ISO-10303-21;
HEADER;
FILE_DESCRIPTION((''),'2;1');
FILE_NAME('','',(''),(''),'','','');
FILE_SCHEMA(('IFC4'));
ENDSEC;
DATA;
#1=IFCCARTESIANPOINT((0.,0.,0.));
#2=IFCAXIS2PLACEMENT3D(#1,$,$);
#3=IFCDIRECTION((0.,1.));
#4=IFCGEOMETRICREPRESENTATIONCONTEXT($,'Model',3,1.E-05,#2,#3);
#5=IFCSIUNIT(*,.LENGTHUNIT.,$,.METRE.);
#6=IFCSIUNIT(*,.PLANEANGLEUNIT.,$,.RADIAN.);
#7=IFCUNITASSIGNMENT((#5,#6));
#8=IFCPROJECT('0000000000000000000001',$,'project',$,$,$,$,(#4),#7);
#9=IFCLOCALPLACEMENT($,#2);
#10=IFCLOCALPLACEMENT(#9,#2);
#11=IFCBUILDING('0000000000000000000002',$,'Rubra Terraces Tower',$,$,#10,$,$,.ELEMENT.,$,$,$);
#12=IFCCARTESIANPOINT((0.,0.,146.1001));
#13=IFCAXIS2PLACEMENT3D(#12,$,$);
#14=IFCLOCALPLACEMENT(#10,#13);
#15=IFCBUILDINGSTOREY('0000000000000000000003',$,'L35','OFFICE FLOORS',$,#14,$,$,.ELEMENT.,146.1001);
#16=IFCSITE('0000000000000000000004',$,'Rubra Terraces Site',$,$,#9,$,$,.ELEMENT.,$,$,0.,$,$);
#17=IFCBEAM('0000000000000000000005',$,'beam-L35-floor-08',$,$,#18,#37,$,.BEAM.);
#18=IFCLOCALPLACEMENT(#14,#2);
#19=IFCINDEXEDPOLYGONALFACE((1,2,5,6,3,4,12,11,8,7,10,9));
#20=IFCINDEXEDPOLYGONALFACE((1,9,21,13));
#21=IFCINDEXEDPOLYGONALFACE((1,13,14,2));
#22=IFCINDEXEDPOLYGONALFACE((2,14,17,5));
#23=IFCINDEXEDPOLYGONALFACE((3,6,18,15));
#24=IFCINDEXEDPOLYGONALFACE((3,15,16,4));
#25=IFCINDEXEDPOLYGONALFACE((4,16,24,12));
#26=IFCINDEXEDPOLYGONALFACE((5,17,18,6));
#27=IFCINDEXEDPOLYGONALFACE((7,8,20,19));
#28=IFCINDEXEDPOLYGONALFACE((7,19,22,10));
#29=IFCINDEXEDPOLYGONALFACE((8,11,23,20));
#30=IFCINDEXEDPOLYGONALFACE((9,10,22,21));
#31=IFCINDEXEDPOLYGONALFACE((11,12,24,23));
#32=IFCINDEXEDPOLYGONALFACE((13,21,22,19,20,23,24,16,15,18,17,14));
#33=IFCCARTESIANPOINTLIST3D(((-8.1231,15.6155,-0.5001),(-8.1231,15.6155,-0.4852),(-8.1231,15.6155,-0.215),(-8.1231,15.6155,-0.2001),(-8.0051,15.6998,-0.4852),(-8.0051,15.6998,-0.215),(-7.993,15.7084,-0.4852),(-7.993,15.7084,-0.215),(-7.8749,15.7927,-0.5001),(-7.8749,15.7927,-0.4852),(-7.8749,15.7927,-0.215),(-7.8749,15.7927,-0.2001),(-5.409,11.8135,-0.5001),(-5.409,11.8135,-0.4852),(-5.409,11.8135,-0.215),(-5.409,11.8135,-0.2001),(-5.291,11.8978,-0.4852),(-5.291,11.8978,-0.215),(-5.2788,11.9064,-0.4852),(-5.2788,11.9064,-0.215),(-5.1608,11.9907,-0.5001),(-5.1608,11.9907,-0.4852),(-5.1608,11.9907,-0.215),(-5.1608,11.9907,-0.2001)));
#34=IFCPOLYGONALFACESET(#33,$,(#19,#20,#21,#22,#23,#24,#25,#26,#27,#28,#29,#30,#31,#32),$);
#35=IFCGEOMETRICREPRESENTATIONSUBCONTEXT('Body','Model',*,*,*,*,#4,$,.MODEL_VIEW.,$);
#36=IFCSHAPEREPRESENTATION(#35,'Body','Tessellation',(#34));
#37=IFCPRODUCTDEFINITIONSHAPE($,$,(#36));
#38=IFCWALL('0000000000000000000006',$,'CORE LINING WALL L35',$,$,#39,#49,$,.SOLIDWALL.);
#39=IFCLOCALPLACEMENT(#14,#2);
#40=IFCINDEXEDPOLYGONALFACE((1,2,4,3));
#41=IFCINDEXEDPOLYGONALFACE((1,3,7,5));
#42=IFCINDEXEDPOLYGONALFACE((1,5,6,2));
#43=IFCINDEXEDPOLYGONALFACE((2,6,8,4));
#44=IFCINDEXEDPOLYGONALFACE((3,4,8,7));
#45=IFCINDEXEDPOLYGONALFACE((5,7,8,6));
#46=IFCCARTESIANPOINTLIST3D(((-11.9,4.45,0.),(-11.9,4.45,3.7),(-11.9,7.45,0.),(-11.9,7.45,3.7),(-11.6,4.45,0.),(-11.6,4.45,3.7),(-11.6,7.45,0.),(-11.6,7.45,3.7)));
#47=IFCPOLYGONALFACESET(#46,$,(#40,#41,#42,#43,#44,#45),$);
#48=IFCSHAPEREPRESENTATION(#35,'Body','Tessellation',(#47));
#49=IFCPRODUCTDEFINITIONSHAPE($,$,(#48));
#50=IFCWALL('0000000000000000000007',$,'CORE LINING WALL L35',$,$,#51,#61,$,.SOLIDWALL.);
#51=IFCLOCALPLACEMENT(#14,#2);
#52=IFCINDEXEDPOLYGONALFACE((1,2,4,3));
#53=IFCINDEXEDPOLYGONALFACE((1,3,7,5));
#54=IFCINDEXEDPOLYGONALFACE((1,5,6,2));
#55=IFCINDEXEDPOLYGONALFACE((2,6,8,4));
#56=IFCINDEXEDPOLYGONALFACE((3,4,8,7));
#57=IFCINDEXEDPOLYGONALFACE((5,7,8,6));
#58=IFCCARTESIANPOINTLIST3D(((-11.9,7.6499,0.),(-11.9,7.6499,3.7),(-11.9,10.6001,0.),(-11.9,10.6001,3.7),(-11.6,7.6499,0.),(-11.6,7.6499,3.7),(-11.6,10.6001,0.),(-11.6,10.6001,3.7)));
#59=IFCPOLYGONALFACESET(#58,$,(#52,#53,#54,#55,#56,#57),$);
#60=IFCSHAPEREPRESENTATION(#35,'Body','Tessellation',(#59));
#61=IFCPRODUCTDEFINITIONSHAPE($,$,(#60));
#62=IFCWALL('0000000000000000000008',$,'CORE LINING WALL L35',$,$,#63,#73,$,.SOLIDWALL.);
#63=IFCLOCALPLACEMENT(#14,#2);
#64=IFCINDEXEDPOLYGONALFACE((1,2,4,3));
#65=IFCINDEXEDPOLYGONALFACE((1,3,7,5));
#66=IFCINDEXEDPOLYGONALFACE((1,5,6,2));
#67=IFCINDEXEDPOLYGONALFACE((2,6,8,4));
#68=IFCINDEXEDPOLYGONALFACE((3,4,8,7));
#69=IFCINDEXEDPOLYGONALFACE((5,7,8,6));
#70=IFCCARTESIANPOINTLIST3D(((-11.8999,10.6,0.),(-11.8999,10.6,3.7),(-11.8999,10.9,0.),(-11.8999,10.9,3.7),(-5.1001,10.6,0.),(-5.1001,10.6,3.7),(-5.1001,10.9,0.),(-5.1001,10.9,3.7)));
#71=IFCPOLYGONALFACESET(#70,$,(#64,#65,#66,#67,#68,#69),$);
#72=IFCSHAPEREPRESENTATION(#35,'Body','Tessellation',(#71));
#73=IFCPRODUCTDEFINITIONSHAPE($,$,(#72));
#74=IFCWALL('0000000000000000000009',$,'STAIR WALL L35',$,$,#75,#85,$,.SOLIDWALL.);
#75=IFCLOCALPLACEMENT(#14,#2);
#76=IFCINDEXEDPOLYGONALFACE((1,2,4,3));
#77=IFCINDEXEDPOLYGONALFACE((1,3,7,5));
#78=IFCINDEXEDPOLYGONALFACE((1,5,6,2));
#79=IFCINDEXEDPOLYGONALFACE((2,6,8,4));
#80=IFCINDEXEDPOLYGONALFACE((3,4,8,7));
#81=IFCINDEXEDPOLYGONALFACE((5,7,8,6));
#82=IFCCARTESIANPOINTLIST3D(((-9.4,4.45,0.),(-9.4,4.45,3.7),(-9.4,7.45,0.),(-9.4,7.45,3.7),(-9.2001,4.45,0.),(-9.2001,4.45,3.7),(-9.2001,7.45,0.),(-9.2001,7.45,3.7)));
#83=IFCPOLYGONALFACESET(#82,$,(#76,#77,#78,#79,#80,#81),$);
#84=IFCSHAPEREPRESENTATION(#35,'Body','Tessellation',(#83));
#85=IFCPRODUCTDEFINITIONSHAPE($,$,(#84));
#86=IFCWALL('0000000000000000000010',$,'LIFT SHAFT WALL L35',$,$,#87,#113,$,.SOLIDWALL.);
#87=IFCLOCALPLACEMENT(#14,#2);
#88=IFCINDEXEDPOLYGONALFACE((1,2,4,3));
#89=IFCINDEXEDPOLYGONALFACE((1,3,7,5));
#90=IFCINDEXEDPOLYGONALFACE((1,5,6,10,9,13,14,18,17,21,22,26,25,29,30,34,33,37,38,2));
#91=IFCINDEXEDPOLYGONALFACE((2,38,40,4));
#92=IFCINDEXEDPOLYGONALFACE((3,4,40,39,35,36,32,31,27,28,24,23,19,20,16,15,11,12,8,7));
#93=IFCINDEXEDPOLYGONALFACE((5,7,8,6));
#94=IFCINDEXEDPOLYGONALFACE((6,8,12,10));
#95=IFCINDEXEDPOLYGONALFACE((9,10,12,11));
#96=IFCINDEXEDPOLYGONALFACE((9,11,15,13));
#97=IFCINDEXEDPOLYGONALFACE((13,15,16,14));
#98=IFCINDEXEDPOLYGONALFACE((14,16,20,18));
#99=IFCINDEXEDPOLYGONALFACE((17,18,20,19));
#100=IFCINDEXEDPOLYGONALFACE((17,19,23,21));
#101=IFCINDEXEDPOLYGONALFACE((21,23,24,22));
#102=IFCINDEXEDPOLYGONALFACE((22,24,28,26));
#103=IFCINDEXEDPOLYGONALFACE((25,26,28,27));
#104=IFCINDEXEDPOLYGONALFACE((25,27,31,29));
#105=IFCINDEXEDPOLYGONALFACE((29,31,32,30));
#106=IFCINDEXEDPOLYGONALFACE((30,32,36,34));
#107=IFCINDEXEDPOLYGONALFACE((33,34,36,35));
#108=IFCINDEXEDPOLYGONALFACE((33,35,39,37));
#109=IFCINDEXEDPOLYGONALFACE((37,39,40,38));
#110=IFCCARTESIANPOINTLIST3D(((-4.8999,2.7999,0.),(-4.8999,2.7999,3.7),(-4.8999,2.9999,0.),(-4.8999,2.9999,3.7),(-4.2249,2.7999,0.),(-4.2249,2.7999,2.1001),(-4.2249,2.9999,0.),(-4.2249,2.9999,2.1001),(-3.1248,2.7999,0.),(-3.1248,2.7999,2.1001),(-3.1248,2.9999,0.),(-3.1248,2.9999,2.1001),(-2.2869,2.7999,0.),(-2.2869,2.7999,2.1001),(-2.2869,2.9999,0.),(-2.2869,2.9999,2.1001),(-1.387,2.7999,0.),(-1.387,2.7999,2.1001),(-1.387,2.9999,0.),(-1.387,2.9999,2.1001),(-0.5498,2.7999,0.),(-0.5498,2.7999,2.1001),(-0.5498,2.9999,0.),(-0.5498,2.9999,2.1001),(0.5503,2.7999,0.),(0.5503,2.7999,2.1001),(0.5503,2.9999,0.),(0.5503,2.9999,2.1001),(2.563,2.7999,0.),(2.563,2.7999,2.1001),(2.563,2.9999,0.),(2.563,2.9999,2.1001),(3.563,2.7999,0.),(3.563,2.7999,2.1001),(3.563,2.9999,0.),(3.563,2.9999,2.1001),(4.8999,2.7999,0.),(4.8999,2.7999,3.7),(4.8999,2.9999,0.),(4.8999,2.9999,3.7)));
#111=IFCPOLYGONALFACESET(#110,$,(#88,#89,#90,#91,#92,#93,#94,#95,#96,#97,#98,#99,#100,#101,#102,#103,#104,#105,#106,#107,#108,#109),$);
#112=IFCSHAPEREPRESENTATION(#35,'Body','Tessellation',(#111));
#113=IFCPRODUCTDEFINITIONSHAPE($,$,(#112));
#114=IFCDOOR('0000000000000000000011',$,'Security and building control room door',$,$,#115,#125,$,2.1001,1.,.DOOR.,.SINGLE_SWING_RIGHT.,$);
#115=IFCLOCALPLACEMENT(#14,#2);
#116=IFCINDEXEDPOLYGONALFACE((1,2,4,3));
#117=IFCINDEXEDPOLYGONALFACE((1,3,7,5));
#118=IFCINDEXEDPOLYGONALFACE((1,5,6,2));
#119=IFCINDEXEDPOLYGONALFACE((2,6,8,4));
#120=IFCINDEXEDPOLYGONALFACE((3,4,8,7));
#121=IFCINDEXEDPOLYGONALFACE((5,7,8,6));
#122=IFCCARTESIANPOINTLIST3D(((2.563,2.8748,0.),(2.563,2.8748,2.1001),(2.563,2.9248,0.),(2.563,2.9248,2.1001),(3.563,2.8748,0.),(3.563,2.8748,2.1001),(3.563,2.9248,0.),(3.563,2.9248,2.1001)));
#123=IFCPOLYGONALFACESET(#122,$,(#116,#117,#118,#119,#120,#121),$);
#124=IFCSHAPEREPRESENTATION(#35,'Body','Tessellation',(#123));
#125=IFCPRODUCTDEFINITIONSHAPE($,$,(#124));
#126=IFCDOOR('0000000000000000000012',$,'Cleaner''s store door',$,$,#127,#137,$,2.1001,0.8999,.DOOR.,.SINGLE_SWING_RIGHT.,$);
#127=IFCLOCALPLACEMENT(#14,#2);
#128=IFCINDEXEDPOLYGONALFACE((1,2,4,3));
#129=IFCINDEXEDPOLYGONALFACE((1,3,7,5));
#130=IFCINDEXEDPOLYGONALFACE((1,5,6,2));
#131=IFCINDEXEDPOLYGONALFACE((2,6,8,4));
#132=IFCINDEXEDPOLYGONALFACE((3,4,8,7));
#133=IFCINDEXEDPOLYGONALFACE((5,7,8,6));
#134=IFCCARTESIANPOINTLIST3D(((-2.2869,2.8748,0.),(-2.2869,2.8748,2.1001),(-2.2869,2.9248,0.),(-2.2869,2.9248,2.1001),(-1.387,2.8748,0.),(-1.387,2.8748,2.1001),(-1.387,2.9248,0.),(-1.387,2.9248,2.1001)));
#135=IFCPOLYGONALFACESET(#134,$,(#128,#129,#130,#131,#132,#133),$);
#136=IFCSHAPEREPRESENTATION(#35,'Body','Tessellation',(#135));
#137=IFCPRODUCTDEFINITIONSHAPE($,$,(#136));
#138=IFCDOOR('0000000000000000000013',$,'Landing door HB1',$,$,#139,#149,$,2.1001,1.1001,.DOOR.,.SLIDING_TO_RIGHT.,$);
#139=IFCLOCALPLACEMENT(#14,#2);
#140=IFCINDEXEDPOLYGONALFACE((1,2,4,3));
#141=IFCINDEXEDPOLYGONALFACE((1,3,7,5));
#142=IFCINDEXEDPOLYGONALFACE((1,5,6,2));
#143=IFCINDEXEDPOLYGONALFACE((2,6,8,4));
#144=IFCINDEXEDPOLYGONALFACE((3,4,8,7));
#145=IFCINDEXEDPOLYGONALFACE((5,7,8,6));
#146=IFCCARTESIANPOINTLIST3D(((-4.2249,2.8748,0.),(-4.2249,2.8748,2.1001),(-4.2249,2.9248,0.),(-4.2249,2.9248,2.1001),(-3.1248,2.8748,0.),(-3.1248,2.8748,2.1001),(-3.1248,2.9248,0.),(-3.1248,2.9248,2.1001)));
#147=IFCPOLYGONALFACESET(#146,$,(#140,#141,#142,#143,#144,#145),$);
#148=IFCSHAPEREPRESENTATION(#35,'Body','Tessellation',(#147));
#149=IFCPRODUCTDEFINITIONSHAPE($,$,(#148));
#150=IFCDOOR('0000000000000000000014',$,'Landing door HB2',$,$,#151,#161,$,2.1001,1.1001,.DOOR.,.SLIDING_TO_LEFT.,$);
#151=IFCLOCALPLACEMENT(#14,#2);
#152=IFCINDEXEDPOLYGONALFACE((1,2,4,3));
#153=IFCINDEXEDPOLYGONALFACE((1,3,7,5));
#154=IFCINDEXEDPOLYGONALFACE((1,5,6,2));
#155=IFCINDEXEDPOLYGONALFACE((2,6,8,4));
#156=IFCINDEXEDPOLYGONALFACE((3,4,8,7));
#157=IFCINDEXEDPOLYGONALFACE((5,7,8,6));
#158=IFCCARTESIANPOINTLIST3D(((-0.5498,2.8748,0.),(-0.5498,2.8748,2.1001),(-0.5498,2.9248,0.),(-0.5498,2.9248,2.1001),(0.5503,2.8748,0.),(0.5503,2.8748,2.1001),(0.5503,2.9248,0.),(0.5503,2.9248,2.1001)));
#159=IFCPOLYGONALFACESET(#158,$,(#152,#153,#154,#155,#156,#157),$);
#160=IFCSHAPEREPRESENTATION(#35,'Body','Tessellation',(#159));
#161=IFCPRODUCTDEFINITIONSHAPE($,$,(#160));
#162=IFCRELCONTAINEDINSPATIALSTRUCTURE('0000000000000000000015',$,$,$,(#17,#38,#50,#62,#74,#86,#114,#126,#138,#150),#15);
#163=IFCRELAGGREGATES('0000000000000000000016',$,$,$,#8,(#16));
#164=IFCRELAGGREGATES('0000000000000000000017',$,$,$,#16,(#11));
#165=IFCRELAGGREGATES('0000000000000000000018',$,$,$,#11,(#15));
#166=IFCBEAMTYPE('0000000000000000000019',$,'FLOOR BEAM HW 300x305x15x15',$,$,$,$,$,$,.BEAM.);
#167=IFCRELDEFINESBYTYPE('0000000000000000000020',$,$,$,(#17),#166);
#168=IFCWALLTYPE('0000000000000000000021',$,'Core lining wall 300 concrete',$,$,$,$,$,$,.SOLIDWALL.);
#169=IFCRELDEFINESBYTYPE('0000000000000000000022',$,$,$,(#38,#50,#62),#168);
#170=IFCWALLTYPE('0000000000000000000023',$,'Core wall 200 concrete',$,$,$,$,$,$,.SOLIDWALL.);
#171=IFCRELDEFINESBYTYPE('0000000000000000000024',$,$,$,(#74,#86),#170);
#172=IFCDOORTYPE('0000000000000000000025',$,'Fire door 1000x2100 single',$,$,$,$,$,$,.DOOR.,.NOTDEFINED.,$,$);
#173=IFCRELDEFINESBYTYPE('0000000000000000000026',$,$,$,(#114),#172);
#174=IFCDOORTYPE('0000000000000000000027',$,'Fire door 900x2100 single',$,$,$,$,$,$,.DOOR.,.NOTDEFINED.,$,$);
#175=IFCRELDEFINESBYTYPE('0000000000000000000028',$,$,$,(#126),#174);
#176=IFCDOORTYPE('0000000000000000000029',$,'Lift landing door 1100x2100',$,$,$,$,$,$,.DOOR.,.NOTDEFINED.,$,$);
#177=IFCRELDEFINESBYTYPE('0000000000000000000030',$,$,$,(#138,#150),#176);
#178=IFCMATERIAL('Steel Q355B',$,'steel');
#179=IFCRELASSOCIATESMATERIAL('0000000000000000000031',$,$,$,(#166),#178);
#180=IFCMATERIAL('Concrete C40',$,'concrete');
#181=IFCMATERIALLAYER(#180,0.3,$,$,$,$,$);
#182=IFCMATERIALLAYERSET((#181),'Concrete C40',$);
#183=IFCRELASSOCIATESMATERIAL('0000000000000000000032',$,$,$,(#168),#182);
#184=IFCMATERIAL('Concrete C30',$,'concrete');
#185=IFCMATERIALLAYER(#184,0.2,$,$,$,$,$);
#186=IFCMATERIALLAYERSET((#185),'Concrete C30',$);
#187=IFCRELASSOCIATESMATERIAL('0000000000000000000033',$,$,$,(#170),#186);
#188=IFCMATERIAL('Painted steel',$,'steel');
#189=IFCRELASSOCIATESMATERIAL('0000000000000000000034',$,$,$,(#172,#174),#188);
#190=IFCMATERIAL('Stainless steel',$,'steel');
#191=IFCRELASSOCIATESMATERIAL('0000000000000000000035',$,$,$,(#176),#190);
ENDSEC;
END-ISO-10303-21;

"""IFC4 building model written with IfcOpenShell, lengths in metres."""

from ifc_helpers import new_model, si_unit, direction, frame, frame_2d, origin, origin_2d, place, context, subcontext, project, spatial, rectangle, i_section, extrude, material, layer, layer_set, material_profile, profile_set, type_object, element, fill, save


model = new_model("IFC4")

# Units and contexts
model_context = context("Model", 3, precision=1e-05, world=origin(), true_north=direction((0.0, 1.0)))
body_context = subcontext(model_context, "Body", "Model", "MODEL_VIEW")
ifc_project = project(units=[si_unit("LENGTHUNIT", "METRE"), si_unit("PLANEANGLEUNIT", "RADIAN")], contexts=[model_context])

# Site, building, storey
site_placement = place(None, origin())
site = spatial("IfcSite", under=ifc_project, at=site_placement, Name="Rubra Terraces Site", CompositionType="ELEMENT", RefElevation=0.0)
building_placement = place(site_placement, origin())
building = spatial("IfcBuilding", under=site, at=building_placement, Name="Rubra Terraces Tower", CompositionType="ELEMENT")
storey_placement = place(building_placement, frame((0.0, 0.0, 146.1001)))
storey = spatial("IfcBuildingStorey", under=building, at=storey_placement, Name="L35", Description="OFFICE FLOORS", CompositionType="ELEMENT", Elevation=146.1001)

# Beam
ifc_material_1 = material(Name="Steel Q355B", Category="steel")
ifc_material_profile = material_profile(ifc_material_1, i_section(OverallWidth=0.3049, OverallDepth=0.3, WebThickness=0.0149, FlangeThickness=0.0149, at=origin_2d()), Name="HW 300x305x15x15")
ifc_profile_set = profile_set([ifc_material_profile], Name="Steel Q355B")
beam_type = type_object("IfcBeamType", Name="FLOOR BEAM HW 300x305x15x15", PredefinedType="BEAM", material=ifc_profile_set)
beam_placement = place(storey_placement, frame((-7.999, 15.7041, -0.3501), z_axis=(0.581011, -0.813896, 0.0), x_axis=(0.813896, 0.581011, 0.0)))
element("IfcBeam", 1, at=beam_placement, inside=storey, type_object=beam_type, Name="beam-L35-floor-08", PredefinedType="BEAM", context=body_context, shape_type="SweptSolid", body=[
    extrude(i_section(OverallWidth=0.3049, OverallDepth=0.3, WebThickness=0.0149, FlangeThickness=0.0149, at=origin_2d()), origin(), (0.0, 0.0, 1.0), 4.6714),
])

# Walls
ifc_material_2 = material(Name="Concrete C40", Category="concrete")
ifc_layer_1 = layer(ifc_material_2, 0.3)
ifc_layer_set_1 = layer_set([ifc_layer_1], Name="Concrete C40")
wall_type_1 = type_object("IfcWallType", Name="Core lining wall 300 concrete", PredefinedType="SOLIDWALL", material=ifc_layer_set_1)
wall_1_placement = place(storey_placement, frame((-11.75, 4.45, 0.0), z_axis=(0.0, 0.0, 1.0), x_axis=(0.0, 1.0, 0.0)))
element("IfcWall", 2, at=wall_1_placement, inside=storey, type_object=wall_type_1, Name="CORE LINING WALL L35", PredefinedType="SOLIDWALL", context=body_context, shape_type="SweptSolid", body=[
    extrude(rectangle(XDim=3.0, YDim=0.3, at=frame_2d((1.5, 0.0))), origin(), (0.0, 0.0, 1.0), 3.7),
])
wall_2_placement = place(storey_placement, frame((-11.75, 7.6499, 0.0), z_axis=(0.0, 0.0, 1.0), x_axis=(0.0, 1.0, 0.0)))
element("IfcWall", 3, at=wall_2_placement, inside=storey, type_object=wall_type_1, Name="CORE LINING WALL L35", PredefinedType="SOLIDWALL", context=body_context, shape_type="SweptSolid", body=[
    extrude(rectangle(XDim=2.9502, YDim=0.3, at=frame_2d((1.4751, 0.0))), origin(), (0.0, 0.0, 1.0), 3.7),
])
wall_3_placement = place(storey_placement, frame((-11.8999, 10.75, 0.0), z_axis=(0.0, 0.0, 1.0), x_axis=(1.0, 0.0, 0.0)))
element("IfcWall", 4, at=wall_3_placement, inside=storey, type_object=wall_type_1, Name="CORE LINING WALL L35", PredefinedType="SOLIDWALL", context=body_context, shape_type="SweptSolid", body=[
    extrude(rectangle(XDim=6.7998, YDim=0.3, at=frame_2d((3.3999, 0.0))), origin(), (0.0, 0.0, 1.0), 3.7),
])
ifc_material_3 = material(Name="Concrete C30", Category="concrete")
ifc_layer_2 = layer(ifc_material_3, 0.2)
ifc_layer_set_2 = layer_set([ifc_layer_2], Name="Concrete C30")
wall_type_2 = type_object("IfcWallType", Name="Core wall 200 concrete", PredefinedType="SOLIDWALL", material=ifc_layer_set_2)
wall_4_placement = place(storey_placement, frame((-9.3, 4.45, 0.0), z_axis=(0.0, 0.0, 1.0), x_axis=(0.0, 1.0, 0.0)))
element("IfcWall", 5, at=wall_4_placement, inside=storey, type_object=wall_type_2, Name="STAIR WALL L35", PredefinedType="SOLIDWALL", context=body_context, shape_type="SweptSolid", body=[
    extrude(rectangle(XDim=3.0, YDim=0.2, at=frame_2d((1.5, 0.0))), origin(), (0.0, 0.0, 1.0), 3.7),
])

# Wall, openings, doors
wall_5_placement = place(storey_placement, frame((-4.8999, 2.8999, 0.0), z_axis=(0.0, 0.0, 1.0), x_axis=(1.0, 0.0, 0.0)))
wall_5 = element("IfcWall", 6, at=wall_5_placement, inside=storey, type_object=wall_type_2, Name="LIFT SHAFT WALL L35", PredefinedType="SOLIDWALL", context=body_context, shape_type="SweptSolid", body=[
    extrude(rectangle(XDim=9.7998, YDim=0.2, at=frame_2d((4.8999, 0.0))), origin(), (0.0, 0.0, 1.0), 3.7),
])
opening_1_placement = place(wall_5_placement, frame((0.675, 0.0, 0.0)))
opening_1 = element("IfcOpeningElement", 7, at=opening_1_placement, cuts=wall_5, PredefinedType="OPENING", context=body_context, shape_type="SweptSolid", body=[
    extrude(rectangle(XDim=1.1001, YDim=2.1001, at=frame_2d((0.55, 1.05))), frame((0.0, 0.1099, 0.0), z_axis=(0.0, -1.0, 0.0), x_axis=(1.0, 0.0, 0.0)), (0.0, 0.0, 1.0), 0.22),
])
opening_2_placement = place(wall_5_placement, frame((2.613, 0.0, 0.0)))
opening_2 = element("IfcOpeningElement", 8, at=opening_2_placement, cuts=wall_5, PredefinedType="OPENING", context=body_context, shape_type="SweptSolid", body=[
    extrude(rectangle(XDim=0.8999, YDim=2.1001, at=frame_2d((0.45, 1.05))), frame((0.0, 0.1099, 0.0), z_axis=(0.0, -1.0, 0.0), x_axis=(1.0, 0.0, 0.0)), (0.0, 0.0, 1.0), 0.22),
])
opening_3_placement = place(wall_5_placement, frame((4.3501, 0.0, 0.0)))
opening_3 = element("IfcOpeningElement", 9, at=opening_3_placement, cuts=wall_5, PredefinedType="OPENING", context=body_context, shape_type="SweptSolid", body=[
    extrude(rectangle(XDim=1.1001, YDim=2.1001, at=frame_2d((0.55, 1.05))), frame((0.0, 0.1099, 0.0), z_axis=(0.0, -1.0, 0.0), x_axis=(1.0, 0.0, 0.0)), (0.0, 0.0, 1.0), 0.22),
])
opening_4_placement = place(wall_5_placement, frame((7.4629, 0.0, 0.0)))
opening_4 = element("IfcOpeningElement", 10, at=opening_4_placement, cuts=wall_5, PredefinedType="OPENING", context=body_context, shape_type="SweptSolid", body=[
    extrude(rectangle(XDim=1.0, YDim=2.1001, at=frame_2d((0.5, 1.05))), frame((0.0, 0.1099, 0.0), z_axis=(0.0, -1.0, 0.0), x_axis=(1.0, 0.0, 0.0)), (0.0, 0.0, 1.0), 0.22),
])
ifc_material_4 = material(Name="Painted steel", Category="steel")
door_type_1 = type_object("IfcDoorType", Name="Fire door 1000x2100 single", OperationType="NOTDEFINED", PredefinedType="DOOR", material=ifc_material_4)
door_1_placement = place(opening_4_placement, origin())
door_1 = element("IfcDoor", 11, at=door_1_placement, inside=storey, type_object=door_type_1, Name="Security and building control room door", OperationType="SINGLE_SWING_RIGHT", OverallHeight=2.1001, OverallWidth=1.0, PredefinedType="DOOR", context=body_context, shape_type="SweptSolid", body=[
    extrude(rectangle(XDim=1.0, YDim=2.1001, at=frame_2d((0.5, 1.05))), frame((0.0, 0.0249, 0.0), z_axis=(0.0, -1.0, 0.0), x_axis=(1.0, 0.0, 0.0)), (0.0, 0.0, 1.0), 0.05),
])
fill(opening_4, door_1)
door_type_2 = type_object("IfcDoorType", Name="Fire door 900x2100 single", OperationType="NOTDEFINED", PredefinedType="DOOR", material=ifc_material_4)
door_2_placement = place(opening_2_placement, origin())
door_2 = element("IfcDoor", 12, at=door_2_placement, inside=storey, type_object=door_type_2, Name="Cleaner's store door", OperationType="SINGLE_SWING_RIGHT", OverallHeight=2.1001, OverallWidth=0.8999, PredefinedType="DOOR", context=body_context, shape_type="SweptSolid", body=[
    extrude(rectangle(XDim=0.8999, YDim=2.1001, at=frame_2d((0.45, 1.05))), frame((0.0, 0.0249, 0.0), z_axis=(0.0, -1.0, 0.0), x_axis=(1.0, 0.0, 0.0)), (0.0, 0.0, 1.0), 0.05),
])
fill(opening_2, door_2)
ifc_material_5 = material(Name="Stainless steel", Category="steel")
door_type_3 = type_object("IfcDoorType", Name="Lift landing door 1100x2100", OperationType="NOTDEFINED", PredefinedType="DOOR", material=ifc_material_5)
door_3_placement = place(opening_1_placement, origin())
door_3 = element("IfcDoor", 13, at=door_3_placement, inside=storey, type_object=door_type_3, Name="Landing door HB1", OperationType="SLIDING_TO_RIGHT", OverallHeight=2.1001, OverallWidth=1.1001, PredefinedType="DOOR", context=body_context, shape_type="SweptSolid", body=[
    extrude(rectangle(XDim=1.1001, YDim=2.1001, at=frame_2d((0.55, 1.05))), frame((0.0, 0.0249, 0.0), z_axis=(0.0, -1.0, 0.0), x_axis=(1.0, 0.0, 0.0)), (0.0, 0.0, 1.0), 0.05),
])
fill(opening_1, door_3)
door_4_placement = place(opening_3_placement, origin())
door_4 = element("IfcDoor", 14, at=door_4_placement, inside=storey, type_object=door_type_3, Name="Landing door HB2", OperationType="SLIDING_TO_LEFT", OverallHeight=2.1001, OverallWidth=1.1001, PredefinedType="DOOR", context=body_context, shape_type="SweptSolid", body=[
    extrude(rectangle(XDim=1.1001, YDim=2.1001, at=frame_2d((0.55, 1.05))), frame((0.0, 0.0249, 0.0), z_axis=(0.0, -1.0, 0.0), x_axis=(1.0, 0.0, 0.0)), (0.0, 0.0, 1.0), 0.05),
])
fill(opening_3, door_4)

save(model, "model.ifc")
